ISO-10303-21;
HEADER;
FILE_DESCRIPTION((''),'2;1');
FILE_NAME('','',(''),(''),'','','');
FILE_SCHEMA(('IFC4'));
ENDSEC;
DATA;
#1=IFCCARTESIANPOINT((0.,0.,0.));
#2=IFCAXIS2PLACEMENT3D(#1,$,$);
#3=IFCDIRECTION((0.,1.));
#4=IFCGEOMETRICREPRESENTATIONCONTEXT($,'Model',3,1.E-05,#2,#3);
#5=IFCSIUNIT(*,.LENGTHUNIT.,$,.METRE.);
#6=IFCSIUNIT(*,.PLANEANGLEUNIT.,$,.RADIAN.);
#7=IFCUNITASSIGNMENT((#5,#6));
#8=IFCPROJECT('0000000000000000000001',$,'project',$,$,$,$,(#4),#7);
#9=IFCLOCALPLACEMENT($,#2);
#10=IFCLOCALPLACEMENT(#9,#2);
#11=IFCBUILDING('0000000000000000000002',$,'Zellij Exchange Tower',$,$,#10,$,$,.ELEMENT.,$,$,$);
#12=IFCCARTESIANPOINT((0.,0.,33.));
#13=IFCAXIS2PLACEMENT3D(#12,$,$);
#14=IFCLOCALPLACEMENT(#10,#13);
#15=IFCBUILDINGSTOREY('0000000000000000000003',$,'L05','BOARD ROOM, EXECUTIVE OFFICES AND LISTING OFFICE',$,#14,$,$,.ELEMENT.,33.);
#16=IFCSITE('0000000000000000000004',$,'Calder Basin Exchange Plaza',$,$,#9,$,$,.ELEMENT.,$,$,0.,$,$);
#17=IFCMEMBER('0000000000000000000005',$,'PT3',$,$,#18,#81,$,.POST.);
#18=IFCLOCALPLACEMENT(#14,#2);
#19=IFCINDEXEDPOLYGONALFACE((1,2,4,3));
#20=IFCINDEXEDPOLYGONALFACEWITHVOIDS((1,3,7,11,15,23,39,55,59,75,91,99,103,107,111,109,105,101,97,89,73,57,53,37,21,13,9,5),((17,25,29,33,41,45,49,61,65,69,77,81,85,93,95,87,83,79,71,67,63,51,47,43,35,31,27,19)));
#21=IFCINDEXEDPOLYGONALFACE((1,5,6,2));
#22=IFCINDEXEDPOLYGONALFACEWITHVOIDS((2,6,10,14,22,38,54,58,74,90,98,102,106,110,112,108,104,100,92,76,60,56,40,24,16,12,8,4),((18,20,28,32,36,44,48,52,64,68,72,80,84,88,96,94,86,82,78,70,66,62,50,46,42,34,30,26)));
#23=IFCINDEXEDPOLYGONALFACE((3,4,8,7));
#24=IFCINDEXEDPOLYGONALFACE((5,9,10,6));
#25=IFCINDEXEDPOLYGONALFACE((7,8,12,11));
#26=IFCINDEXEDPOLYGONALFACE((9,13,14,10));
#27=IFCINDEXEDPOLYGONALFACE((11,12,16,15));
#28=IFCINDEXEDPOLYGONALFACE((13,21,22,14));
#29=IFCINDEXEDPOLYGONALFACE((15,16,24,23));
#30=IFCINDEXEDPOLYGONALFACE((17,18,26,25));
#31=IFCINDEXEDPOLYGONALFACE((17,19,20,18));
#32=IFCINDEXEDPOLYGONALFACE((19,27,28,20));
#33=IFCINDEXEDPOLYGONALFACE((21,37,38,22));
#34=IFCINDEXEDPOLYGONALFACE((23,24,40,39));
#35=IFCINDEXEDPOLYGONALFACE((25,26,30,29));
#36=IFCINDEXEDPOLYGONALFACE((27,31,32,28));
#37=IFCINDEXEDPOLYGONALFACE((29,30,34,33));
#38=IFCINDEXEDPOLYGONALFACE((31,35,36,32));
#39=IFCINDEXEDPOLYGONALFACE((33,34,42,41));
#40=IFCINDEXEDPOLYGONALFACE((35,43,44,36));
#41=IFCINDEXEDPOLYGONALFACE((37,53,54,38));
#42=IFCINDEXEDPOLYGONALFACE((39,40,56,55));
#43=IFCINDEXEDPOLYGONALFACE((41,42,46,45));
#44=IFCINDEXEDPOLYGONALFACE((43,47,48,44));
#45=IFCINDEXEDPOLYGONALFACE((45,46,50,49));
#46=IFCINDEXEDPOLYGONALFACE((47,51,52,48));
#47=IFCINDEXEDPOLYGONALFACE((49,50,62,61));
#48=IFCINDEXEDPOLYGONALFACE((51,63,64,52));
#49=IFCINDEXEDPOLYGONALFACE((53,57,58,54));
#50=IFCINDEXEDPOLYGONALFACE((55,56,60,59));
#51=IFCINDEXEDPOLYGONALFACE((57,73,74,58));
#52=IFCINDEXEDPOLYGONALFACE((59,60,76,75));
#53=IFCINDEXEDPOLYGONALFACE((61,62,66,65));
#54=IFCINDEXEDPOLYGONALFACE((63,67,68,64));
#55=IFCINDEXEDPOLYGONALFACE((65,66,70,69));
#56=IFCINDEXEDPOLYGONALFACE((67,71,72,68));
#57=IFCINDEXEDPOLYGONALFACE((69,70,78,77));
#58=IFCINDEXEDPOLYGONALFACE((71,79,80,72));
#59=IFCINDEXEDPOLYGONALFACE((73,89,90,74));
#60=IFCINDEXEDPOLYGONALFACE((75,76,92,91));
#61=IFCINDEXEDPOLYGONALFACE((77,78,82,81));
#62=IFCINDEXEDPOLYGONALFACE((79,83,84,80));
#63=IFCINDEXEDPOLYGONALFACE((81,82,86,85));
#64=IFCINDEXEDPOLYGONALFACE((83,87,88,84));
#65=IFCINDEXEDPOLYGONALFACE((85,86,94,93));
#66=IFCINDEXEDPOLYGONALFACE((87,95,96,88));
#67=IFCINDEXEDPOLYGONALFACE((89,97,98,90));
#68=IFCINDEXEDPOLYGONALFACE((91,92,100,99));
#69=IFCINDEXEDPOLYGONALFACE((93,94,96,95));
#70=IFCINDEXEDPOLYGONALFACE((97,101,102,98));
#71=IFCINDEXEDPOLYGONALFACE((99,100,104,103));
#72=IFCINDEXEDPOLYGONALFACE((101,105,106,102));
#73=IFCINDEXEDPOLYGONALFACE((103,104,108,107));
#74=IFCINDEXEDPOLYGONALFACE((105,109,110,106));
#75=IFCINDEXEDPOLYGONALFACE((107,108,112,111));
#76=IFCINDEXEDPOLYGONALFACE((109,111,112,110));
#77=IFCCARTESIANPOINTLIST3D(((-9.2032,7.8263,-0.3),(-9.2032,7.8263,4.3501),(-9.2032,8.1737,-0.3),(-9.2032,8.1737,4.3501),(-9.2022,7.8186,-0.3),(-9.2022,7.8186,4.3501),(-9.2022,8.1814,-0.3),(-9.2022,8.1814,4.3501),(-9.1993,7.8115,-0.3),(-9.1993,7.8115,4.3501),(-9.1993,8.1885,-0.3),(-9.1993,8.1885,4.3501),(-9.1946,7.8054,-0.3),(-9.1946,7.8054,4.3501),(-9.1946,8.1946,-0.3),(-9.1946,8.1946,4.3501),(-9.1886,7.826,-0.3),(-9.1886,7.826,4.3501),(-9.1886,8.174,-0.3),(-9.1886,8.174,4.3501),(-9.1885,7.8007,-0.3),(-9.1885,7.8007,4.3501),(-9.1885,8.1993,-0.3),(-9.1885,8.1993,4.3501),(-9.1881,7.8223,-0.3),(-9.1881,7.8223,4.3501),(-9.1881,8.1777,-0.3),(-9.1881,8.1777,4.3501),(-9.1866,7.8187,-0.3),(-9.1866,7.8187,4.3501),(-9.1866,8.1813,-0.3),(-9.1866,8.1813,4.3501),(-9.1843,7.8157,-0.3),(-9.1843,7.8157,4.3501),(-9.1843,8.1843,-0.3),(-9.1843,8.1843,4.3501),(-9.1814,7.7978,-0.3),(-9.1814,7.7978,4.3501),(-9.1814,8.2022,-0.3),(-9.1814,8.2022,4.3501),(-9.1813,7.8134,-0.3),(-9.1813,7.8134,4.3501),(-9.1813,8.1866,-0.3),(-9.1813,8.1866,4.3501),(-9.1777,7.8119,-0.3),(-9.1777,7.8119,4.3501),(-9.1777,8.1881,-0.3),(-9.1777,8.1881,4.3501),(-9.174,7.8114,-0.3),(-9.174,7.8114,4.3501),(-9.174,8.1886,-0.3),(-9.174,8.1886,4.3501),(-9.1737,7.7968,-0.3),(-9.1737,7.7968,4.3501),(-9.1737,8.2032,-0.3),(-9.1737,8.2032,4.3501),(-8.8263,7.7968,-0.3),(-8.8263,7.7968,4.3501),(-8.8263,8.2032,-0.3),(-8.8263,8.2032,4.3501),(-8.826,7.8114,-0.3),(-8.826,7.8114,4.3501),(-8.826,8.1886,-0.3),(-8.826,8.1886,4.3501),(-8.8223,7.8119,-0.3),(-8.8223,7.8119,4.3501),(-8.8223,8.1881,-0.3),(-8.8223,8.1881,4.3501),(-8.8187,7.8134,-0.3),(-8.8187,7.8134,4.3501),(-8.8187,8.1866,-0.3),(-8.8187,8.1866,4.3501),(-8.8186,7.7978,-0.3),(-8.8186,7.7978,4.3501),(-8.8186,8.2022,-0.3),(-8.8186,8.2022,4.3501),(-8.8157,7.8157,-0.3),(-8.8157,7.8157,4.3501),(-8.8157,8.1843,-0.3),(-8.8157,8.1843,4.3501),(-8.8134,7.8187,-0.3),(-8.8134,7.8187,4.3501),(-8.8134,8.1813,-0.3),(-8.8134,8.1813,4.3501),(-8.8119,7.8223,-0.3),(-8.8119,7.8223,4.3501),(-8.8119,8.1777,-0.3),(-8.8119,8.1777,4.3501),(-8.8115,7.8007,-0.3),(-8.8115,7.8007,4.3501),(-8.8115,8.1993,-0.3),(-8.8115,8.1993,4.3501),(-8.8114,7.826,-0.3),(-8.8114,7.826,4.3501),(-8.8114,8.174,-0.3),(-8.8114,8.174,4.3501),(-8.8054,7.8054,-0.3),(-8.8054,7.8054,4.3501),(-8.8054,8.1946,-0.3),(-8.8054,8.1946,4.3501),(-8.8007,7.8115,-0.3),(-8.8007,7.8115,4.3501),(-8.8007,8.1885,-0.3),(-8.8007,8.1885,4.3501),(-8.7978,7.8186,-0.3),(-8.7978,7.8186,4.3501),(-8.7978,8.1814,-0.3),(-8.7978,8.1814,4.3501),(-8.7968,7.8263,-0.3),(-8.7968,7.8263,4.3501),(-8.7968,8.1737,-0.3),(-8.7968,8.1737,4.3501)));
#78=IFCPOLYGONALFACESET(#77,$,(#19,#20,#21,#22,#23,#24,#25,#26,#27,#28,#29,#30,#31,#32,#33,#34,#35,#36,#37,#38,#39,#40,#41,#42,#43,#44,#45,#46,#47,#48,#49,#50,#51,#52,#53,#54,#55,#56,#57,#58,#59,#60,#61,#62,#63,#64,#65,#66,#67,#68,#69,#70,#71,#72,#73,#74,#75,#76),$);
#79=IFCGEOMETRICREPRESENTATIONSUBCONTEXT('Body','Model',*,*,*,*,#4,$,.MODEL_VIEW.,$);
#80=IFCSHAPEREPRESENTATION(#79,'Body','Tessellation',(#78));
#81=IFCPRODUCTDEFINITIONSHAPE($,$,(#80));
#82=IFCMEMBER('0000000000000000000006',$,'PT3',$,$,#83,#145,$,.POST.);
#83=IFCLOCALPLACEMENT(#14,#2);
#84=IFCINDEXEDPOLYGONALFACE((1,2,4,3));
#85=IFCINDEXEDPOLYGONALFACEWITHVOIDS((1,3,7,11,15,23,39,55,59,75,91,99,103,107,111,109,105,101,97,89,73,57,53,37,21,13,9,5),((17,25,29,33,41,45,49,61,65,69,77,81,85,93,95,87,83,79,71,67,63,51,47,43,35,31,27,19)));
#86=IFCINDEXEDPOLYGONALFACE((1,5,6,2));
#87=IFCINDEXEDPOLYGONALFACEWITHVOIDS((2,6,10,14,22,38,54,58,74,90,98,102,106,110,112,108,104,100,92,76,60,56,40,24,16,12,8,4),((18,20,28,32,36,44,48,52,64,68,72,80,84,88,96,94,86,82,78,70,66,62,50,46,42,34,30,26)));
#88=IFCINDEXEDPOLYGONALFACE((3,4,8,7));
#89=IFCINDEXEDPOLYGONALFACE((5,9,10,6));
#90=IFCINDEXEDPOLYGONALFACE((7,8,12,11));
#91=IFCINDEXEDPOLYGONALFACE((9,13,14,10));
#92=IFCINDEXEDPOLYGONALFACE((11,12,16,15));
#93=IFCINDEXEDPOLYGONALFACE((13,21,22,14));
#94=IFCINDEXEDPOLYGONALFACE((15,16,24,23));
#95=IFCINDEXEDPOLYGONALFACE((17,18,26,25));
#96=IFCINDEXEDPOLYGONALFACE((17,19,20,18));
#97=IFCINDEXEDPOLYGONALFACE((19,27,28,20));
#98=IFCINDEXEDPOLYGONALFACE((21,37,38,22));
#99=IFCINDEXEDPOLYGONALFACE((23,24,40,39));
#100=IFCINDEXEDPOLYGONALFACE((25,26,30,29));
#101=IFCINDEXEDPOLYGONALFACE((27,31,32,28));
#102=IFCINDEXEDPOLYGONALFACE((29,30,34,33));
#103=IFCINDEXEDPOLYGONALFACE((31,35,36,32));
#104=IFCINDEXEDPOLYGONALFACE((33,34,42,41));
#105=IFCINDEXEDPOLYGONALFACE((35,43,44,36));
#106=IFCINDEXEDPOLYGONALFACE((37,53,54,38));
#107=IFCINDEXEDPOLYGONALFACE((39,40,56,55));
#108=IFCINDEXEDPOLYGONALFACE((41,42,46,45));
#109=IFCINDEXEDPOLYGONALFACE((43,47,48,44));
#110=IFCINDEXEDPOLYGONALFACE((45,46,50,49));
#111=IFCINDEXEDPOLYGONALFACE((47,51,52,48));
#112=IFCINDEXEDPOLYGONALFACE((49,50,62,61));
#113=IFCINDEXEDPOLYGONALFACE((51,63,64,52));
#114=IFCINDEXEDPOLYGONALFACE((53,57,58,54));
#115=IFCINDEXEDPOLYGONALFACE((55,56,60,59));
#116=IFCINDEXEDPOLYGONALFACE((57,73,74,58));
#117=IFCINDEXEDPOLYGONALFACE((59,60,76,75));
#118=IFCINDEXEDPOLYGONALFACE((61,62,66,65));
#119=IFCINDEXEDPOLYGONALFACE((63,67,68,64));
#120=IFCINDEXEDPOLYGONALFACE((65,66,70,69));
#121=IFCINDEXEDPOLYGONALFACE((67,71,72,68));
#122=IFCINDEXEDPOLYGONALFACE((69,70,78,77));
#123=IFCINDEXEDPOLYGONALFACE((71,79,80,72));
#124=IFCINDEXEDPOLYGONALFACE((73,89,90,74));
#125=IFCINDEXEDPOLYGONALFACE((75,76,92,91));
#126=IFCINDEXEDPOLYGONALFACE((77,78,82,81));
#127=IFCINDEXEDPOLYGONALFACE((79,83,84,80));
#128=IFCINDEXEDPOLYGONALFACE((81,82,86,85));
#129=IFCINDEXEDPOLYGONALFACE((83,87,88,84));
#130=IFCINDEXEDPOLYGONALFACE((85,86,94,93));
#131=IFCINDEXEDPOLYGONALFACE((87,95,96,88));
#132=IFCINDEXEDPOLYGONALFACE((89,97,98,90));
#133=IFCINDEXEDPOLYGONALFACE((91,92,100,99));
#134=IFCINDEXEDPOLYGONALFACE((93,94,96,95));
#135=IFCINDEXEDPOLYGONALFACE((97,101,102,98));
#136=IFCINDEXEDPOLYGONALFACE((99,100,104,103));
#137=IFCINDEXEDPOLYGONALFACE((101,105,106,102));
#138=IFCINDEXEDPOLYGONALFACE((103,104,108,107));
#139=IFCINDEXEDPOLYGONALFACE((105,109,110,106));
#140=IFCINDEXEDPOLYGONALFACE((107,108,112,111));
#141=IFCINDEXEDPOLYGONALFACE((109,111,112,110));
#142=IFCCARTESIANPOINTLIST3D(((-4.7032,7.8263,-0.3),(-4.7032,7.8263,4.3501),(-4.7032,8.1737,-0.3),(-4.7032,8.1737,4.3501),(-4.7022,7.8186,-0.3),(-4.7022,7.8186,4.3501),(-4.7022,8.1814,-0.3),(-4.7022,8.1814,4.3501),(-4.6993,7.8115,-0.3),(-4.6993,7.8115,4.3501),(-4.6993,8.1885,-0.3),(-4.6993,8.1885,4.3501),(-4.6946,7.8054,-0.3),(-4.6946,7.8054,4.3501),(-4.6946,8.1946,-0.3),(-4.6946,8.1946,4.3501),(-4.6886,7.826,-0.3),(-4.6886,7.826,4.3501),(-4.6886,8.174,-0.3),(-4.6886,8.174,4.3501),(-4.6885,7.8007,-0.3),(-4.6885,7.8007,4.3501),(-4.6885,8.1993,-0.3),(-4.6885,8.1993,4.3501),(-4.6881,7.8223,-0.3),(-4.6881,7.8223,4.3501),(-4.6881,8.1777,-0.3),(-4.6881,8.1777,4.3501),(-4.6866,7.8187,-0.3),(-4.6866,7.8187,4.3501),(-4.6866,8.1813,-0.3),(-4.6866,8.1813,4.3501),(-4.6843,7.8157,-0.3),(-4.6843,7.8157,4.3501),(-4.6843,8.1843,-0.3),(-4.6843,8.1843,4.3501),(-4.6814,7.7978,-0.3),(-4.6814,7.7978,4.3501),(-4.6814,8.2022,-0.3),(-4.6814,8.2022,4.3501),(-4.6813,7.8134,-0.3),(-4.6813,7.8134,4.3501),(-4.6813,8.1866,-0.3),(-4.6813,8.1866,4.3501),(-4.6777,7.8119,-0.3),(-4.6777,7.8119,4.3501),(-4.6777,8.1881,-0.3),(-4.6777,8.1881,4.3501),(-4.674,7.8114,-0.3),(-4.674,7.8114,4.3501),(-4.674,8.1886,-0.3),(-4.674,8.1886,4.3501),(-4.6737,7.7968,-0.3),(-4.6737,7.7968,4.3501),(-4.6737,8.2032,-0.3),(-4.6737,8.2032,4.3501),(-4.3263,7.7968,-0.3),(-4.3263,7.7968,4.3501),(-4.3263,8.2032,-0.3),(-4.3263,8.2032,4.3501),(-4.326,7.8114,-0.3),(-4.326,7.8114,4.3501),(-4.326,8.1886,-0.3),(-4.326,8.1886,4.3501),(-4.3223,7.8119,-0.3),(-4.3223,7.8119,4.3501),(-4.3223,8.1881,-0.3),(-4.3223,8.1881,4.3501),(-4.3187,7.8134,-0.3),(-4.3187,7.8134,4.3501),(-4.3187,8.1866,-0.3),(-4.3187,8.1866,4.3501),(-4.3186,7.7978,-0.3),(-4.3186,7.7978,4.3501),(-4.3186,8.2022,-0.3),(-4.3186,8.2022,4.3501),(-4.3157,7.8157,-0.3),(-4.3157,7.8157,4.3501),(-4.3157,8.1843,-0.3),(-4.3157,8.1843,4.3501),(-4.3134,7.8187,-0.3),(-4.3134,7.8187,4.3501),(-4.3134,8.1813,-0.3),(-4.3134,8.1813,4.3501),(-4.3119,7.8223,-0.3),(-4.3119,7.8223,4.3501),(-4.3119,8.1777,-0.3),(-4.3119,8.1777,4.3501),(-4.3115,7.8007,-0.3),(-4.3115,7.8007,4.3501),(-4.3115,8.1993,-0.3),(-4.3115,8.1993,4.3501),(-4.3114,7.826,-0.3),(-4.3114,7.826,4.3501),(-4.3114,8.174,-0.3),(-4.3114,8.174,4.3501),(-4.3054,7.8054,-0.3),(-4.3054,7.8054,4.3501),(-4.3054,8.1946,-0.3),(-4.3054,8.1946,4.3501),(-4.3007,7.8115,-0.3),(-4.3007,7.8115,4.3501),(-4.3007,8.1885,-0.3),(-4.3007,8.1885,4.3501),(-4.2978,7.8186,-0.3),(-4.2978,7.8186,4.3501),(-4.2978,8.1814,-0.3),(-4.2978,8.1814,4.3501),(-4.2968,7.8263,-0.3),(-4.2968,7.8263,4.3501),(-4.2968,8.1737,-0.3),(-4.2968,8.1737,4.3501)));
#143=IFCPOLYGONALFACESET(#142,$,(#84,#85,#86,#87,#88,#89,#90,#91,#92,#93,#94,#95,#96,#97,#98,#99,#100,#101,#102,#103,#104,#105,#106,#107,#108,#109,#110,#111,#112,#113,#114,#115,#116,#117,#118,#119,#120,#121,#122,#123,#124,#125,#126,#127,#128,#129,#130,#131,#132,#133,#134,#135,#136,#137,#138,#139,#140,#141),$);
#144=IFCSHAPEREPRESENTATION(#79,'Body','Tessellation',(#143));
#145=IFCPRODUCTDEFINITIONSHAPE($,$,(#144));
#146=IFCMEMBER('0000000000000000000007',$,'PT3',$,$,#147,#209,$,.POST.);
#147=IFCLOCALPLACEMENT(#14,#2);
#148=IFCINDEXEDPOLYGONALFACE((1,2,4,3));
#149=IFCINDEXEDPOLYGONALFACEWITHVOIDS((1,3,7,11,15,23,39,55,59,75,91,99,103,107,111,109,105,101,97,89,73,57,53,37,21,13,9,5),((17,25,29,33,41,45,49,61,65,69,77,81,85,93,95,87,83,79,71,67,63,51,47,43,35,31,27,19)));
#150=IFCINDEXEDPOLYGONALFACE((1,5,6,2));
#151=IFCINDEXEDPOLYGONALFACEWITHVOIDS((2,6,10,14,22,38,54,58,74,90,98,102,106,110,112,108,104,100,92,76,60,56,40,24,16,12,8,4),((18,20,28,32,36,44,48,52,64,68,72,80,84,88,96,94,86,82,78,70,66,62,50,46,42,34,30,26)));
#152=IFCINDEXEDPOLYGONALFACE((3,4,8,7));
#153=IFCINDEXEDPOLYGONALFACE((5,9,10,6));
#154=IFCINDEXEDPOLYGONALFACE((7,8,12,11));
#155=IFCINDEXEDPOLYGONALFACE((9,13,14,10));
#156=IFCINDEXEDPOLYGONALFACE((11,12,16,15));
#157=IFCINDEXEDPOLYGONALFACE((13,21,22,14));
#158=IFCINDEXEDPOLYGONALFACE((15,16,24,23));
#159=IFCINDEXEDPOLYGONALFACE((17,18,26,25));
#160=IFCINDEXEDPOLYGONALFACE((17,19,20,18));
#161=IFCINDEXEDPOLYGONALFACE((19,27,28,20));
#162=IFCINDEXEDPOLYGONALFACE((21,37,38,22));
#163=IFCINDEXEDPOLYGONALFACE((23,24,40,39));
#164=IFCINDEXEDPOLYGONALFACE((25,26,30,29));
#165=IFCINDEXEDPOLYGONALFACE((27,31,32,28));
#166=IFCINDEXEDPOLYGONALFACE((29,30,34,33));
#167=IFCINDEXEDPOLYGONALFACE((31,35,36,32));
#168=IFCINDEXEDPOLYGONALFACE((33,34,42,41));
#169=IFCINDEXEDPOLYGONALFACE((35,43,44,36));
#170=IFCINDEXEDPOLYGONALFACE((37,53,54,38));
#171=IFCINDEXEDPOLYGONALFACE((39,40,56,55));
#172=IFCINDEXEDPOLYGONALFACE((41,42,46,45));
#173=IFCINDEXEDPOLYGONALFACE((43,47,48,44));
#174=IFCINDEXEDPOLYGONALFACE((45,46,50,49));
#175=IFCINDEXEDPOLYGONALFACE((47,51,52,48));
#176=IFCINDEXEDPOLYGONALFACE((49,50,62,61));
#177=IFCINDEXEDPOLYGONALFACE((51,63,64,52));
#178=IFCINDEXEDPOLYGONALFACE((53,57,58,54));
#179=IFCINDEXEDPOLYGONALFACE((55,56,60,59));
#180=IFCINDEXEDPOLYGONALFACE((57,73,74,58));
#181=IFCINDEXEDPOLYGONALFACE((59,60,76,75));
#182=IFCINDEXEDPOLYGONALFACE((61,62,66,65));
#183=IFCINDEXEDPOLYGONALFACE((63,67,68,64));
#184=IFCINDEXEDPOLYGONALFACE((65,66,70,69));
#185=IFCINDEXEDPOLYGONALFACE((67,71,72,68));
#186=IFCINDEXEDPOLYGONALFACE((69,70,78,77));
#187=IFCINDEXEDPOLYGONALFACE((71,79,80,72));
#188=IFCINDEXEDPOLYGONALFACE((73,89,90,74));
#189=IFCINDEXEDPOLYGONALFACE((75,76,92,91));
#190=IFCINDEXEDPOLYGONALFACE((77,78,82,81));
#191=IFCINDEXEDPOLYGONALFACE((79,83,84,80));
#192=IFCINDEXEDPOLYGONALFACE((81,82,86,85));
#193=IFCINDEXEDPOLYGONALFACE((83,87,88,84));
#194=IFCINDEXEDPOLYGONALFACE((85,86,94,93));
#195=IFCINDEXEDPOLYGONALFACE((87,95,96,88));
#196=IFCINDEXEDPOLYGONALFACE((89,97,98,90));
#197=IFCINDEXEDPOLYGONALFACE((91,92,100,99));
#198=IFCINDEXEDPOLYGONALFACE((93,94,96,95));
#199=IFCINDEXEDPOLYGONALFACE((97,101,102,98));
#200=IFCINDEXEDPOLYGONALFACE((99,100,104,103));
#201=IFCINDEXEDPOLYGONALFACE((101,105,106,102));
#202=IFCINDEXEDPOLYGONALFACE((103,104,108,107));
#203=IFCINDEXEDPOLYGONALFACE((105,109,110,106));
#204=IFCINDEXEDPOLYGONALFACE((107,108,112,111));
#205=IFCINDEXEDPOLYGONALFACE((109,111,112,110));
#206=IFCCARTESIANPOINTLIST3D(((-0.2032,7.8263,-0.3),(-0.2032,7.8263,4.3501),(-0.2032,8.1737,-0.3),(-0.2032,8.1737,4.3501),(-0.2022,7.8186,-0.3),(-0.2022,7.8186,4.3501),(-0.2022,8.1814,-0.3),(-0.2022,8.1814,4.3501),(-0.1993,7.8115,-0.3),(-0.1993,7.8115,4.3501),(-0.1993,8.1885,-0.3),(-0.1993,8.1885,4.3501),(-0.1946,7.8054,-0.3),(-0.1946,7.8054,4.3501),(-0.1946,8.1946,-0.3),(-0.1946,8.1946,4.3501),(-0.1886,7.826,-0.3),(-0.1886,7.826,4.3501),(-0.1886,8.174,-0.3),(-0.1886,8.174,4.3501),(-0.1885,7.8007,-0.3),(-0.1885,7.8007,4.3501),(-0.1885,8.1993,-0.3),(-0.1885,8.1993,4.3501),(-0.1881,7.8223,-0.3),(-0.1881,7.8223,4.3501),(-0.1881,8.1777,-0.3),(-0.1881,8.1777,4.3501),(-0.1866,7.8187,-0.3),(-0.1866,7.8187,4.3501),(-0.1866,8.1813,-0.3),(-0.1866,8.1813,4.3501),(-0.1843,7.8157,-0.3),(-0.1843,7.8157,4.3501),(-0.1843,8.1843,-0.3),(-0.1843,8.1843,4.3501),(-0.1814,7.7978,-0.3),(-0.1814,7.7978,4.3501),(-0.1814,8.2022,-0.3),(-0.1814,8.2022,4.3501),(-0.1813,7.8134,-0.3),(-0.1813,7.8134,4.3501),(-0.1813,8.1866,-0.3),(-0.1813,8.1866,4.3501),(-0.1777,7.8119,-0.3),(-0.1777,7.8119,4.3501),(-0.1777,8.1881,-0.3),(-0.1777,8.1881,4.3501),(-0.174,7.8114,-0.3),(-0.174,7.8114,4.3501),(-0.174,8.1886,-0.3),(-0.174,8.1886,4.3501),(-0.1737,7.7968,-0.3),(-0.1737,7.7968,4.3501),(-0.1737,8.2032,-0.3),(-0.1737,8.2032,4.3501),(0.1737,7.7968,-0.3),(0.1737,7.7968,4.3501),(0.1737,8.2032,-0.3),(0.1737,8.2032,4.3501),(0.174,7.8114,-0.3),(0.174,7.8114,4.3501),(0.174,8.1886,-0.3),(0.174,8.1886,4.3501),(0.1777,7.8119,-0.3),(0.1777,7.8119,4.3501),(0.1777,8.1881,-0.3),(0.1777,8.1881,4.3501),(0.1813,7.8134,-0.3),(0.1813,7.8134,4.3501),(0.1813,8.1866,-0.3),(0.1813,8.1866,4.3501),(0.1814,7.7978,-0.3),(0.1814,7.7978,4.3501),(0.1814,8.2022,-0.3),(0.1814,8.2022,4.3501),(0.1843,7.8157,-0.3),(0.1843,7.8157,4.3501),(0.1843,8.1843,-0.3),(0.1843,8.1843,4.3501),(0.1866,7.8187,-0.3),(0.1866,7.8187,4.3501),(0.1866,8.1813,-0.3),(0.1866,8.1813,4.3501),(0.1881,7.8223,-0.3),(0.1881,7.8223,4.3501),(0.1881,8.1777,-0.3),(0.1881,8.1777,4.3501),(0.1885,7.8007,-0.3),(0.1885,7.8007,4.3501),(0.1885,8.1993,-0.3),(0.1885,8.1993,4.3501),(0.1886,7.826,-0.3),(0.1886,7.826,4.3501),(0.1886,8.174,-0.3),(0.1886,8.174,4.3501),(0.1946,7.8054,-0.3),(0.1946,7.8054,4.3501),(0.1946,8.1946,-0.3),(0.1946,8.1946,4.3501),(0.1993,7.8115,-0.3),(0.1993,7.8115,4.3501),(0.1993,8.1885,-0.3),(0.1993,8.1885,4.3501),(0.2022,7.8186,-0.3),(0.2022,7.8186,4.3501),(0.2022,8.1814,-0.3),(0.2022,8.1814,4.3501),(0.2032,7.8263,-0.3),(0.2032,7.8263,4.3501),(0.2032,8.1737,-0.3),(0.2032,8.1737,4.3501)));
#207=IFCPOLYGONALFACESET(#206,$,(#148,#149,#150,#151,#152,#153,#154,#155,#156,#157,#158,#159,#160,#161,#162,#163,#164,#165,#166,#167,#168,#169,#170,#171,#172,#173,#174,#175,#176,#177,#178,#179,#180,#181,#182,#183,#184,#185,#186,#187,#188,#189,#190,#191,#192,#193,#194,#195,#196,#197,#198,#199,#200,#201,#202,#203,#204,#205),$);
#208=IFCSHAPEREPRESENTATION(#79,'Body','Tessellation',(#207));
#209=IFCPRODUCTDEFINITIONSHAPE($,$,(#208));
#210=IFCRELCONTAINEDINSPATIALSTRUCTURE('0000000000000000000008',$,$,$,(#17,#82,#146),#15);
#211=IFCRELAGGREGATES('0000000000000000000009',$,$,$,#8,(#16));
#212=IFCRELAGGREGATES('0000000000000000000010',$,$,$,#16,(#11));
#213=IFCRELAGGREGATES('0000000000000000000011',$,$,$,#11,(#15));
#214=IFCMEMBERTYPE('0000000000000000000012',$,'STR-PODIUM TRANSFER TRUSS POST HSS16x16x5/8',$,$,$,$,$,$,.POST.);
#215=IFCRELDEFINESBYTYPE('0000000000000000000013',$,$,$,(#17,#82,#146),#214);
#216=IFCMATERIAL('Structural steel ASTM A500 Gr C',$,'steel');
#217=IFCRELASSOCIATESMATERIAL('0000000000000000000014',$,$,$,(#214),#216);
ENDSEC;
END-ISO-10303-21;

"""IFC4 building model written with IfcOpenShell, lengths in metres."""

from ifc_helpers import new_model, si_unit, direction, frame, origin, origin_2d, place, context, subcontext, project, spatial, hollow_rectangle, extrude, material, material_profile, profile_set, type_object, element, save


model = new_model("IFC4")

# Units and contexts
model_context = context("Model", 3, precision=1e-05, world=origin(), true_north=direction((0.0, 1.0)))
body_context = subcontext(model_context, "Body", "Model", "MODEL_VIEW")
ifc_project = project(units=[si_unit("LENGTHUNIT", "METRE"), si_unit("PLANEANGLEUNIT", "RADIAN")], contexts=[model_context])

# Site, building, storey
site_placement = place(None, origin())
site = spatial("IfcSite", under=ifc_project, at=site_placement, Name="Calder Basin Exchange Plaza", CompositionType="ELEMENT", RefElevation=0.0)
building_placement = place(site_placement, origin())
building = spatial("IfcBuilding", under=site, at=building_placement, Name="Zellij Exchange Tower", CompositionType="ELEMENT")
storey_placement = place(building_placement, frame((0.0, 0.0, 33.0)))
storey = spatial("IfcBuildingStorey", under=building, at=storey_placement, Name="L05", Description="BOARD ROOM, EXECUTIVE OFFICES AND LISTING OFFICE", CompositionType="ELEMENT", Elevation=33.0)

# Members
ifc_material_1 = material(Name="Structural steel ASTM A500 Gr C", Category="steel")
ifc_material_profile_1 = material_profile(ifc_material_1, hollow_rectangle(XDim=0.4065, YDim=0.4065, WallThickness=0.0146, InnerFilletRadius=0.0146, OuterFilletRadius=0.0295, at=origin_2d()), Name="STR-PODIUM TRANSFER TRUSS POST HSS16x16x5/8")
ifc_profile_set_1 = profile_set([ifc_material_profile_1], Name="Structural steel ASTM A500 Gr C")
member_type_1 = type_object("IfcMemberType", Name="STR-PODIUM TRANSFER TRUSS POST HSS16x16x5/8", PredefinedType="POST", material=ifc_profile_set_1)
for number, where, z_axis, x_axis, name in (
    (1, (-9.0, 8.0, -0.3), (0.0, 0.0, 1.0), (1.0, 0.0, 0.0), "PT3"),
    (2, (-4.5, 8.0, -0.3), (0.0, 0.0, 1.0), (1.0, 0.0, 0.0), "PT3"),
    (3, (0.0, 8.0, -0.3), (0.0, 0.0, 1.0), (1.0, 0.0, 0.0), "PT3"),
):
    element("IfcMember", number, at=place(storey_placement, frame(where, z_axis=z_axis, x_axis=x_axis)), inside=storey, type_object=member_type_1, Name=name, PredefinedType="POST", context=body_context, shape_type="SweptSolid", body=[
        extrude(hollow_rectangle(XDim=0.4065, YDim=0.4065, WallThickness=0.0146, InnerFilletRadius=0.0146, OuterFilletRadius=0.0295, at=origin_2d()), origin(), (0.0, 0.0, 1.0), 4.6501),
    ])

save(model, "model.ifc")
